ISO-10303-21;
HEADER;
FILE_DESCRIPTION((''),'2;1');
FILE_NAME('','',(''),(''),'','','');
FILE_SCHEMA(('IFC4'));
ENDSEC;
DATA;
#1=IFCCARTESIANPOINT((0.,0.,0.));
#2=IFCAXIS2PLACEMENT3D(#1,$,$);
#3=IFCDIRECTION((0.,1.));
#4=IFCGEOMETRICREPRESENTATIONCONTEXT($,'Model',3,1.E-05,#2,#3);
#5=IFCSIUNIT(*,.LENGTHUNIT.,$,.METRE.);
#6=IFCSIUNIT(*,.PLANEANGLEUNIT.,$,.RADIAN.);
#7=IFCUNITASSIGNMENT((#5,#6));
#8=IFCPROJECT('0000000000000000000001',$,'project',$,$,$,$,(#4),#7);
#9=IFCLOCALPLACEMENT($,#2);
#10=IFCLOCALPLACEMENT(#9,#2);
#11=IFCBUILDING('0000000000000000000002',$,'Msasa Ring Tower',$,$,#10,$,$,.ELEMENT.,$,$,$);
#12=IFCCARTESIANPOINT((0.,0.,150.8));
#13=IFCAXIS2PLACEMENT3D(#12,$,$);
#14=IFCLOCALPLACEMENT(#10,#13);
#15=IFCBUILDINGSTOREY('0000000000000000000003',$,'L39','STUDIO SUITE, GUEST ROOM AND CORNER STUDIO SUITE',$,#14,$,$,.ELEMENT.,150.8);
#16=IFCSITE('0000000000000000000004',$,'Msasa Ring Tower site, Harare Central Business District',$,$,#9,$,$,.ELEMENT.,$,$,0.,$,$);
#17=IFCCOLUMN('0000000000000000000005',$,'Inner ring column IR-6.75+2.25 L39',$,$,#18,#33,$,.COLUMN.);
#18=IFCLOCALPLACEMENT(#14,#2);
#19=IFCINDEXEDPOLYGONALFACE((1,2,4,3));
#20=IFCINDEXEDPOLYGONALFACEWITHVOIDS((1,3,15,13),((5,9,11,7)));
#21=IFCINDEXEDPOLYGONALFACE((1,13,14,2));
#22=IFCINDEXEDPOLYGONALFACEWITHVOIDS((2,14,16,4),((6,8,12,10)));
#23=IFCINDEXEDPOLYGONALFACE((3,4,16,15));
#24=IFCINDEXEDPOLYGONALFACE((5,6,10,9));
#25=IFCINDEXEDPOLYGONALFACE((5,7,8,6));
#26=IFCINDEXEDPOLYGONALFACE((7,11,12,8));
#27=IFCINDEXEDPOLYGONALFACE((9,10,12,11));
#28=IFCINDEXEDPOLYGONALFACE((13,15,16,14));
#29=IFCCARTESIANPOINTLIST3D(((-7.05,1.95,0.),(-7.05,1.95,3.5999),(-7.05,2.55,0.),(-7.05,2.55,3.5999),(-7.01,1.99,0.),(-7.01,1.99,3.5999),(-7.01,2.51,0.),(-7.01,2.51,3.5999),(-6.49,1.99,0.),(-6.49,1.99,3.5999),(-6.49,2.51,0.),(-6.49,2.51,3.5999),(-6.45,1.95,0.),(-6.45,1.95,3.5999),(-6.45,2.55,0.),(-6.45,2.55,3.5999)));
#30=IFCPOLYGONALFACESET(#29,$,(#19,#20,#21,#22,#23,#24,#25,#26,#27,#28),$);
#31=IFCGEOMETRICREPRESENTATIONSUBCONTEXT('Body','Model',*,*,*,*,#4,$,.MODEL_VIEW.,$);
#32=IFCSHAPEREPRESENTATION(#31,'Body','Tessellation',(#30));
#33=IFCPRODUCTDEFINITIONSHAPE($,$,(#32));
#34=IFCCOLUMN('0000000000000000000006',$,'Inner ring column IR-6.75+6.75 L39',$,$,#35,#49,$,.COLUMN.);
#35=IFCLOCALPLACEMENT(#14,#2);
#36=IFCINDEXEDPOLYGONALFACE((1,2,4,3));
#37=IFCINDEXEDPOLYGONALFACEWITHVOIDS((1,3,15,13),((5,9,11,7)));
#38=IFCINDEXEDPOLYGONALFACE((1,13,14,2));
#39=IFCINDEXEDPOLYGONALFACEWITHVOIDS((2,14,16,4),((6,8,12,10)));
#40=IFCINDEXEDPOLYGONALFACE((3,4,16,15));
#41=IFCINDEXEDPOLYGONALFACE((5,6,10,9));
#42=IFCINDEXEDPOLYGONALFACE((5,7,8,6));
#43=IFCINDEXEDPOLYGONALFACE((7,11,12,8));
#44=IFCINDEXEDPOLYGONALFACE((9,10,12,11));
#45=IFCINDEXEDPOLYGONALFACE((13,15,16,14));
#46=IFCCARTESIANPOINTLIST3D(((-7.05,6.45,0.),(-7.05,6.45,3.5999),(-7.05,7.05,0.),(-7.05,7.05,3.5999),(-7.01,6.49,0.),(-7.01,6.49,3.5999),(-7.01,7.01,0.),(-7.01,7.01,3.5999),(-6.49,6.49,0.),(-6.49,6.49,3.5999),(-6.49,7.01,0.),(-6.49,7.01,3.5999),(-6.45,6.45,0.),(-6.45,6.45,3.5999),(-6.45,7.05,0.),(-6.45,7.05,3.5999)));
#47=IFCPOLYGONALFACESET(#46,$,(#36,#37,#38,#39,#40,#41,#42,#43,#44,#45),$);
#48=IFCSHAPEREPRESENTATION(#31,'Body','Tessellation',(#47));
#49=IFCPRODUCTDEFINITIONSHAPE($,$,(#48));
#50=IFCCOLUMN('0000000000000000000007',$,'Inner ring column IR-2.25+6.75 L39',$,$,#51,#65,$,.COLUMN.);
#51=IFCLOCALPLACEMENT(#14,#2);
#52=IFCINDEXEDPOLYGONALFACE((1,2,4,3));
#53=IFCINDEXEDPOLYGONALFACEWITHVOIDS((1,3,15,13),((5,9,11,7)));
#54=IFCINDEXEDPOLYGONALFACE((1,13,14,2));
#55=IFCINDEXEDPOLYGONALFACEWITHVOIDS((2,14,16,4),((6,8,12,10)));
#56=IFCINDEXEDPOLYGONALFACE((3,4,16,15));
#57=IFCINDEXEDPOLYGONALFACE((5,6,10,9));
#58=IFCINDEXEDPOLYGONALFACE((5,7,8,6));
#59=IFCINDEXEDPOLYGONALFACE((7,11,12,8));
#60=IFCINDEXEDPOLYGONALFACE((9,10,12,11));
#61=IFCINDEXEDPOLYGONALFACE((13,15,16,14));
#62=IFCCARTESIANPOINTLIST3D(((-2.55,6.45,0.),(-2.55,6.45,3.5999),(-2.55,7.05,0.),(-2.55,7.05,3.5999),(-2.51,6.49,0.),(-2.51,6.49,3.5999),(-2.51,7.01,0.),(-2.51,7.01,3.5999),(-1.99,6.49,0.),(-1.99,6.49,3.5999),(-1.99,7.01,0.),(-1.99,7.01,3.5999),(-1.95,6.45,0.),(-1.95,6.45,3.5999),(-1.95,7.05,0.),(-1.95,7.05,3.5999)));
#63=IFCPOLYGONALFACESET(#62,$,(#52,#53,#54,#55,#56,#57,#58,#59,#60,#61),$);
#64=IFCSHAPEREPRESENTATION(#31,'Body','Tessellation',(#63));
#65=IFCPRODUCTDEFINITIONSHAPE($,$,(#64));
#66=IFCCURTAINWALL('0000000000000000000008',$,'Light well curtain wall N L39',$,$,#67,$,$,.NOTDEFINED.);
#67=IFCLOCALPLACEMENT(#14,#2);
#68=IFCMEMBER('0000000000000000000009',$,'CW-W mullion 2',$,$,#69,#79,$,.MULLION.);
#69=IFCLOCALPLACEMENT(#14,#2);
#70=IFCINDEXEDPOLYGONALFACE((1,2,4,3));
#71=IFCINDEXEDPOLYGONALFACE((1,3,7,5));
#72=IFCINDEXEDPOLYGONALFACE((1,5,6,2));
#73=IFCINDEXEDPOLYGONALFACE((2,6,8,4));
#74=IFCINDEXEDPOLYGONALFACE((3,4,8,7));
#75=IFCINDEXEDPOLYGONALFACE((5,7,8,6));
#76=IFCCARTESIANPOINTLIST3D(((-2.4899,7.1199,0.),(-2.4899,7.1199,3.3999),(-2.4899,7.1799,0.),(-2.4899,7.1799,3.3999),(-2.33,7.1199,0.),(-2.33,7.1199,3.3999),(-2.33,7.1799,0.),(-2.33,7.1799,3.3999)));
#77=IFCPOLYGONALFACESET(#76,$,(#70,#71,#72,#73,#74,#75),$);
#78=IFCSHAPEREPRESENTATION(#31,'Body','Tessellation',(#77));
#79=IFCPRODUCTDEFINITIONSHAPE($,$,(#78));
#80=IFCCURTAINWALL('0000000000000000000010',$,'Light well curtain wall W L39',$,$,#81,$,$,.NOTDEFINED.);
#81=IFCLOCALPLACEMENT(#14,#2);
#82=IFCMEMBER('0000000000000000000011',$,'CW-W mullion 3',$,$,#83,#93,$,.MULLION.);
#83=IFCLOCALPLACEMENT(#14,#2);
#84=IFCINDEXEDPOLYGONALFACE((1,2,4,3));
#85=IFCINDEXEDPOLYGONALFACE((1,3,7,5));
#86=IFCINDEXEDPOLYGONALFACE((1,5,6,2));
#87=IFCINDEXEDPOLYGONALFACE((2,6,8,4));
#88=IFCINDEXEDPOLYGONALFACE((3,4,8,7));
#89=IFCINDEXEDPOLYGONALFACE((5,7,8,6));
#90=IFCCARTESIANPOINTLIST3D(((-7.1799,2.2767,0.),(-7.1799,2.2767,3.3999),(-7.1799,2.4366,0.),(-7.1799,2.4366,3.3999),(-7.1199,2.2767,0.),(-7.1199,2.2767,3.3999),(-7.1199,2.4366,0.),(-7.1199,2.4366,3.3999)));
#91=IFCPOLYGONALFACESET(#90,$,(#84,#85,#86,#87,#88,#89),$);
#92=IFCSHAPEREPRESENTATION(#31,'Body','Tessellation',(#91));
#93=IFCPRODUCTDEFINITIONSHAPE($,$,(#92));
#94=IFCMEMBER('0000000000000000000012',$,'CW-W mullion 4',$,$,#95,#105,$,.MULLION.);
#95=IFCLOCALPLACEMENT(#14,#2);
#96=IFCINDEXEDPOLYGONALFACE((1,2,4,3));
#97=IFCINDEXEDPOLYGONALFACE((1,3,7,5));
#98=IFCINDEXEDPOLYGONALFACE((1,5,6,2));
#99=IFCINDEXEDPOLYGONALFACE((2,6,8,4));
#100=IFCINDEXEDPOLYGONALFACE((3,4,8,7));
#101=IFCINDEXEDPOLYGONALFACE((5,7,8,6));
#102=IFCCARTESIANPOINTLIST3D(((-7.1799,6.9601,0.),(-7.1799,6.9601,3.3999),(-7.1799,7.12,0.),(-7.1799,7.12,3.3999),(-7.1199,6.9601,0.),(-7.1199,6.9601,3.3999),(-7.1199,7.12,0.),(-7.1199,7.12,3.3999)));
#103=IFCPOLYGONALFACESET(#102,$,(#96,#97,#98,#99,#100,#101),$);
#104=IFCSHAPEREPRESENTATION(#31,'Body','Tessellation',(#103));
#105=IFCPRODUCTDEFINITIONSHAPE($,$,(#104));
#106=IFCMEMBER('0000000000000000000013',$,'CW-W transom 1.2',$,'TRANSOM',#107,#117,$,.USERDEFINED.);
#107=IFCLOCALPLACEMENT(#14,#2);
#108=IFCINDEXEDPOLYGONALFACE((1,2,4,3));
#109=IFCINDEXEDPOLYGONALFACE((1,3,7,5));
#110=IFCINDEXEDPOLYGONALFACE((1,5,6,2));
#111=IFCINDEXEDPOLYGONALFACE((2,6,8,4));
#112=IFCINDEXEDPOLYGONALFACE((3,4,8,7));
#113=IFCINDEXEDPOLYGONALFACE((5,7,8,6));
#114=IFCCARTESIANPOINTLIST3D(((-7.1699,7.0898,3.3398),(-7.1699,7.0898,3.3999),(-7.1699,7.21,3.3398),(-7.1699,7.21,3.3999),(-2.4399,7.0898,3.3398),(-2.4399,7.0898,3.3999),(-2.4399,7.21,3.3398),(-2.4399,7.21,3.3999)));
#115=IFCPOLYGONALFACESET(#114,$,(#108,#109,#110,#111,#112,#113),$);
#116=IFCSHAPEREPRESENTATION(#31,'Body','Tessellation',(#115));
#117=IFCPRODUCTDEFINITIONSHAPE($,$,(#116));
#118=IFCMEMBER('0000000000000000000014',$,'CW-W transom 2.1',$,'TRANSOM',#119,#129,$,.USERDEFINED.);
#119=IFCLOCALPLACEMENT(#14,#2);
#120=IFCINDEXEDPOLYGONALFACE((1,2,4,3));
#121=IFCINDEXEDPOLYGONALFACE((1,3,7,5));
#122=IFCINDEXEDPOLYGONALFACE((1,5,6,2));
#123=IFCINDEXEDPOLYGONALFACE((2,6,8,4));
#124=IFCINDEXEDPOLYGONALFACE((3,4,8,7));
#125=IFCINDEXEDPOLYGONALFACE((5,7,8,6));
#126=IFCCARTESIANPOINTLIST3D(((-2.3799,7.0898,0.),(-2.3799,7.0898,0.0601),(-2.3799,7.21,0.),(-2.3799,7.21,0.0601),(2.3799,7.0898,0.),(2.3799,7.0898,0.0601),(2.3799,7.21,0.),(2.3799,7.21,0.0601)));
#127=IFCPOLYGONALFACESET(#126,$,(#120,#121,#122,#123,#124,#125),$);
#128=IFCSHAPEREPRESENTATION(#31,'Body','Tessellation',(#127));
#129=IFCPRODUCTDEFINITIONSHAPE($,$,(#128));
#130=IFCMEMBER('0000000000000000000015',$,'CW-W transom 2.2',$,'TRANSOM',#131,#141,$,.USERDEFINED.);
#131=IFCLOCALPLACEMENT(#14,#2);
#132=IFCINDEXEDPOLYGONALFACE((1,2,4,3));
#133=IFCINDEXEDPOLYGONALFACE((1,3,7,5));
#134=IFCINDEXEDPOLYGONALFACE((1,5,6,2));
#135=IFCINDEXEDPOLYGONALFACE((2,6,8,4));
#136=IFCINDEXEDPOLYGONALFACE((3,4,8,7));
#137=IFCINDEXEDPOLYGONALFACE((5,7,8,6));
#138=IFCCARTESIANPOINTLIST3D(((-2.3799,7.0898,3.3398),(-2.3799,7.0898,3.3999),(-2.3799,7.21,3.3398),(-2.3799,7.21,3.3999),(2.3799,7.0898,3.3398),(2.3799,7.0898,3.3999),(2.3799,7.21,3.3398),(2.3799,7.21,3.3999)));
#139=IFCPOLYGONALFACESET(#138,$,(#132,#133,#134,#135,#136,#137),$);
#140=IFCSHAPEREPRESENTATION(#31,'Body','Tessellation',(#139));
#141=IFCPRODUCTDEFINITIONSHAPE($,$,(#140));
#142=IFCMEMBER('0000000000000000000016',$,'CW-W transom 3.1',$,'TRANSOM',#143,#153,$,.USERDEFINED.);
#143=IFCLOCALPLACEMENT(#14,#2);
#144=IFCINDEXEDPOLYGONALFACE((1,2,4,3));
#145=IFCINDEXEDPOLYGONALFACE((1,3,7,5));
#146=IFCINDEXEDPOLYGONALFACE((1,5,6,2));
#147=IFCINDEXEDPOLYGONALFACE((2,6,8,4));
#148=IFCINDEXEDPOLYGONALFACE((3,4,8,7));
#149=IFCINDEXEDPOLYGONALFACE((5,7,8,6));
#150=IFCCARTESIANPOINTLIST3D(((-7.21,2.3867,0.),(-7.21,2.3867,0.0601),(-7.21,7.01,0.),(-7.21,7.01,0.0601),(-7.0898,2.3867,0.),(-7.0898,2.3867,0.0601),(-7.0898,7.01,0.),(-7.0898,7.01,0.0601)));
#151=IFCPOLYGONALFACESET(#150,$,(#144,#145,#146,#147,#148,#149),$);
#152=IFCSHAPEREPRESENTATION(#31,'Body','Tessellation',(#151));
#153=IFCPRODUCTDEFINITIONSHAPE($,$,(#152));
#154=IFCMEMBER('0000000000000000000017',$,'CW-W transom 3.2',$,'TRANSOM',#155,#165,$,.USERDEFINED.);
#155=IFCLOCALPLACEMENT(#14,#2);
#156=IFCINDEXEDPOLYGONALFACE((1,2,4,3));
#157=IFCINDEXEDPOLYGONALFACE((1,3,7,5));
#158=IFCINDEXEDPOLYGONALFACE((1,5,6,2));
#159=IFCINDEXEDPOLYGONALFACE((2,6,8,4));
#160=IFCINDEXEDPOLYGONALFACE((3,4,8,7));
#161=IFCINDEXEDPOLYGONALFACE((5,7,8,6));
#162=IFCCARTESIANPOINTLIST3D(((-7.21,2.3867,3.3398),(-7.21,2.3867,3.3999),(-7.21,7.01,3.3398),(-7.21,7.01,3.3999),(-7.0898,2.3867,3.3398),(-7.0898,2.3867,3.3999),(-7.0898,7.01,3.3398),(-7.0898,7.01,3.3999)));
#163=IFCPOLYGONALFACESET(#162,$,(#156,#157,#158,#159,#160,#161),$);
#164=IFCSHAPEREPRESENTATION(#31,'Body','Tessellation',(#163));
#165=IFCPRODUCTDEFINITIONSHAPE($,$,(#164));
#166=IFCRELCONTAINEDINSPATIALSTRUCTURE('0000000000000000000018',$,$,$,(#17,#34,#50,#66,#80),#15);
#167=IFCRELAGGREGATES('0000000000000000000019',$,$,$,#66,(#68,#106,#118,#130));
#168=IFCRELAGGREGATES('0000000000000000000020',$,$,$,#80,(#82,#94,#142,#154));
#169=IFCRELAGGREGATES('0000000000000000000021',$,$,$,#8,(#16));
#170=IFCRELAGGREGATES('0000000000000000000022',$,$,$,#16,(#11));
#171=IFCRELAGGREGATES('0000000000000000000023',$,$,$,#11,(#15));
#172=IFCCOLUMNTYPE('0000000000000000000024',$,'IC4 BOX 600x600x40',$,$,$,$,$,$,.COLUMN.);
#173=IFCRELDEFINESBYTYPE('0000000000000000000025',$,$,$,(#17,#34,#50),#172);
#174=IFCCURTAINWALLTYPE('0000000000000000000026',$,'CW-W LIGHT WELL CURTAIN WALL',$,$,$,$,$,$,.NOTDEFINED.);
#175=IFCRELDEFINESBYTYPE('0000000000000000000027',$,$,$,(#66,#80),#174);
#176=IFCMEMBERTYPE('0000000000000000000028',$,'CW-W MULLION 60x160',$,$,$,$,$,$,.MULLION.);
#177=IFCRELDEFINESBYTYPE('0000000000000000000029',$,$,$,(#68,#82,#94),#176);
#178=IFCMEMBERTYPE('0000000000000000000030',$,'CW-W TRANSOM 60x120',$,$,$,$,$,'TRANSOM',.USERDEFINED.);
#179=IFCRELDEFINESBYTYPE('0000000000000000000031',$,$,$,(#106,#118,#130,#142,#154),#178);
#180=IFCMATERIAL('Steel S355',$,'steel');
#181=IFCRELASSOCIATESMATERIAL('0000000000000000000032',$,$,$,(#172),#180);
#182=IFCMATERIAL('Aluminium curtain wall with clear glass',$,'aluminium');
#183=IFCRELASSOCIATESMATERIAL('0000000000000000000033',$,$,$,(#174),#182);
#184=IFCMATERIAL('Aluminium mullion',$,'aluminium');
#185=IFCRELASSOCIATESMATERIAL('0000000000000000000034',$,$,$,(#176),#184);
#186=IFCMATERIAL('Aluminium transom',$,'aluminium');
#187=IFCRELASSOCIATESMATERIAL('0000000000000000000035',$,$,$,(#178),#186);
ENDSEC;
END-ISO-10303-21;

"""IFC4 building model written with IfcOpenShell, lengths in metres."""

from ifc_helpers import new_model, si_unit, direction, frame, origin, origin_2d, place, context, subcontext, project, spatial, rectangle, hollow_rectangle, extrude, material, material_profile, profile_set, type_object, element, aggregate, save


model = new_model("IFC4")

# Units and contexts
model_context = context("Model", 3, precision=1e-05, world=origin(), true_north=direction((0.0, 1.0)))
body_context = subcontext(model_context, "Body", "Model", "MODEL_VIEW")
ifc_project = project(units=[si_unit("LENGTHUNIT", "METRE"), si_unit("PLANEANGLEUNIT", "RADIAN")], contexts=[model_context])

# Site, building, storey
site_placement = place(None, origin())
site = spatial("IfcSite", under=ifc_project, at=site_placement, Name="Msasa Ring Tower site, Harare Central Business District", CompositionType="ELEMENT", RefElevation=0.0)
building_placement = place(site_placement, origin())
building = spatial("IfcBuilding", under=site, at=building_placement, Name="Msasa Ring Tower", CompositionType="ELEMENT")
storey_placement = place(building_placement, frame((0.0, 0.0, 150.8)))
storey = spatial("IfcBuildingStorey", under=building, at=storey_placement, Name="L39", Description="STUDIO SUITE, GUEST ROOM AND CORNER STUDIO SUITE", CompositionType="ELEMENT", Elevation=150.8)

# Columns
ifc_material_1 = material(Name="Steel S355", Category="steel")
ifc_material_profile_1 = material_profile(ifc_material_1, hollow_rectangle(XDim=0.6001, YDim=0.6001, WallThickness=0.04, at=origin_2d()), Name="BOX 600x600x40")
ifc_profile_set_1 = profile_set([ifc_material_profile_1], Name="Steel S355")
column_type = type_object("IfcColumnType", Name="IC4 BOX 600x600x40", PredefinedType="COLUMN", material=ifc_profile_set_1)
for number, where, z_axis, x_axis, name in (
    (1, (-6.75, 2.25, 0.0), (0.0, 0.0, 1.0), (1.0, 0.0, 0.0), "Inner ring column IR-6.75+2.25 L39"),
    (2, (-6.75, 6.75, 0.0), (0.0, 0.0, 1.0), (1.0, 0.0, 0.0), "Inner ring column IR-6.75+6.75 L39"),
    (3, (-2.25, 6.75, 0.0), (0.0, 0.0, 1.0), (1.0, 0.0, 0.0), "Inner ring column IR-2.25+6.75 L39"),
):
    element("IfcColumn", number, at=place(storey_placement, frame(where, z_axis=z_axis, x_axis=x_axis)), inside=storey, type_object=column_type, Name=name, PredefinedType="COLUMN", context=body_context, shape_type="SweptSolid", body=[
        extrude(hollow_rectangle(XDim=0.6001, YDim=0.6001, WallThickness=0.04, at=origin_2d()), origin(), (0.0, 0.0, 1.0), 3.5999),
    ])

# Curtain wall, member
ifc_material_2 = material(Name="Aluminium curtain wall with clear glass", Category="aluminium")
curtain_wall_type = type_object("IfcCurtainWallType", Name="CW-W LIGHT WELL CURTAIN WALL", PredefinedType="NOTDEFINED", material=ifc_material_2)
curtain_wall_1_placement = place(storey_placement, origin())
curtain_wall_1 = element("IfcCurtainWall", 4, at=curtain_wall_1_placement, inside=storey, type_object=curtain_wall_type, Name="Light well curtain wall N L39", PredefinedType="NOTDEFINED")
ifc_material_3 = material(Name="Aluminium mullion", Category="aluminium")
ifc_material_profile_2 = material_profile(ifc_material_3, rectangle(XDim=0.0601, YDim=0.1599, at=origin_2d()), Name="AL 60x160")
ifc_profile_set_2 = profile_set([ifc_material_profile_2], Name="Aluminium mullion")
member_type_1 = type_object("IfcMemberType", Name="CW-W MULLION 60x160", PredefinedType="MULLION", material=ifc_profile_set_2)
member_1_placement = place(storey_placement, frame((-2.4099, 7.1499, 0.0), z_axis=(0.0, 0.0, 1.0), x_axis=(0.0, 1.0, 0.0)))
member_1 = element("IfcMember", 5, at=member_1_placement, type_object=member_type_1, Name="CW-W mullion 2", PredefinedType="MULLION", context=body_context, shape_type="SweptSolid", body=[
    extrude(rectangle(XDim=0.0601, YDim=0.1599, at=origin_2d()), origin(), (0.0, 0.0, 1.0), 3.3999),
])

# Curtain wall, members
curtain_wall_2_placement = place(storey_placement, origin())
curtain_wall_2 = element("IfcCurtainWall", 6, at=curtain_wall_2_placement, inside=storey, type_object=curtain_wall_type, Name="Light well curtain wall W L39", PredefinedType="NOTDEFINED")
member_2_placement = place(storey_placement, frame((-7.1499, 2.3567, 0.0), z_axis=(0.0, 0.0, 1.0), x_axis=(-1.0, 0.0, 0.0)))
member_2 = element("IfcMember", 7, at=member_2_placement, type_object=member_type_1, Name="CW-W mullion 3", PredefinedType="MULLION", context=body_context, shape_type="SweptSolid", body=[
    extrude(rectangle(XDim=0.0601, YDim=0.1599, at=origin_2d()), origin(), (0.0, 0.0, 1.0), 3.3999),
])
member_3_placement = place(storey_placement, frame((-7.1499, 7.04, 0.0), z_axis=(0.0, 0.0, 1.0), x_axis=(-1.0, 0.0, 0.0)))
member_3 = element("IfcMember", 8, at=member_3_placement, type_object=member_type_1, Name="CW-W mullion 4", PredefinedType="MULLION", context=body_context, shape_type="SweptSolid", body=[
    extrude(rectangle(XDim=0.0601, YDim=0.1599, at=origin_2d()), origin(), (0.0, 0.0, 1.0), 3.3999),
])

# Members
ifc_material_4 = material(Name="Aluminium transom", Category="aluminium")
ifc_material_profile_3 = material_profile(ifc_material_4, rectangle(XDim=0.1201, YDim=0.0601, at=origin_2d()), Name="AL 60x120")
ifc_profile_set_3 = profile_set([ifc_material_profile_3], Name="Aluminium transom")
member_type_2 = type_object("IfcMemberType", Name="CW-W TRANSOM 60x120", ElementType="TRANSOM", PredefinedType="USERDEFINED", material=ifc_profile_set_3)
member_4_placement = place(storey_placement, frame((-7.1699, 7.1499, 3.3699), z_axis=(1.0, 0.0, 0.0), x_axis=(0.0, 1.0, 0.0)))
member_4 = element("IfcMember", 9, at=member_4_placement, type_object=member_type_2, Name="CW-W transom 1.2", ObjectType="TRANSOM", PredefinedType="USERDEFINED", context=body_context, shape_type="SweptSolid", body=[
    extrude(rectangle(XDim=0.1201, YDim=0.0601, at=origin_2d()), origin(), (0.0, 0.0, 1.0), 4.73),
])
member_5_placement = place(storey_placement, frame((-2.3799, 7.1499, 0.03), z_axis=(1.0, 0.0, 0.0), x_axis=(0.0, 1.0, 0.0)))
member_5 = element("IfcMember", 10, at=member_5_placement, type_object=member_type_2, Name="CW-W transom 2.1", ObjectType="TRANSOM", PredefinedType="USERDEFINED", context=body_context, shape_type="SweptSolid", body=[
    extrude(rectangle(XDim=0.1201, YDim=0.0601, at=origin_2d()), origin(), (0.0, 0.0, 1.0), 4.7598),
])
member_6_placement = place(storey_placement, frame((-2.3799, 7.1499, 3.3699), z_axis=(1.0, 0.0, 0.0), x_axis=(0.0, 1.0, 0.0)))
member_6 = element("IfcMember", 11, at=member_6_placement, type_object=member_type_2, Name="CW-W transom 2.2", ObjectType="TRANSOM", PredefinedType="USERDEFINED", context=body_context, shape_type="SweptSolid", body=[
    extrude(rectangle(XDim=0.1201, YDim=0.0601, at=origin_2d()), origin(), (0.0, 0.0, 1.0), 4.7598),
])
member_7_placement = place(storey_placement, frame((-7.1499, 2.3867, 0.03), z_axis=(0.0, 1.0, 0.0), x_axis=(-1.0, 0.0, 0.0)))
member_7 = element("IfcMember", 12, at=member_7_placement, type_object=member_type_2, Name="CW-W transom 3.1", ObjectType="TRANSOM", PredefinedType="USERDEFINED", context=body_context, shape_type="SweptSolid", body=[
    extrude(rectangle(XDim=0.1201, YDim=0.0601, at=origin_2d()), origin(), (0.0, 0.0, 1.0), 4.6233),
])
member_8_placement = place(storey_placement, frame((-7.1499, 2.3867, 3.3699), z_axis=(0.0, 1.0, 0.0), x_axis=(-1.0, 0.0, 0.0)))
member_8 = element("IfcMember", 13, at=member_8_placement, type_object=member_type_2, Name="CW-W transom 3.2", ObjectType="TRANSOM", PredefinedType="USERDEFINED", context=body_context, shape_type="SweptSolid", body=[
    extrude(rectangle(XDim=0.1201, YDim=0.0601, at=origin_2d()), origin(), (0.0, 0.0, 1.0), 4.6233),
])

aggregate(curtain_wall_1, [member_1, member_4, member_5, member_6])
aggregate(curtain_wall_2, [member_2, member_3, member_7, member_8])

save(model, "model.ifc")
